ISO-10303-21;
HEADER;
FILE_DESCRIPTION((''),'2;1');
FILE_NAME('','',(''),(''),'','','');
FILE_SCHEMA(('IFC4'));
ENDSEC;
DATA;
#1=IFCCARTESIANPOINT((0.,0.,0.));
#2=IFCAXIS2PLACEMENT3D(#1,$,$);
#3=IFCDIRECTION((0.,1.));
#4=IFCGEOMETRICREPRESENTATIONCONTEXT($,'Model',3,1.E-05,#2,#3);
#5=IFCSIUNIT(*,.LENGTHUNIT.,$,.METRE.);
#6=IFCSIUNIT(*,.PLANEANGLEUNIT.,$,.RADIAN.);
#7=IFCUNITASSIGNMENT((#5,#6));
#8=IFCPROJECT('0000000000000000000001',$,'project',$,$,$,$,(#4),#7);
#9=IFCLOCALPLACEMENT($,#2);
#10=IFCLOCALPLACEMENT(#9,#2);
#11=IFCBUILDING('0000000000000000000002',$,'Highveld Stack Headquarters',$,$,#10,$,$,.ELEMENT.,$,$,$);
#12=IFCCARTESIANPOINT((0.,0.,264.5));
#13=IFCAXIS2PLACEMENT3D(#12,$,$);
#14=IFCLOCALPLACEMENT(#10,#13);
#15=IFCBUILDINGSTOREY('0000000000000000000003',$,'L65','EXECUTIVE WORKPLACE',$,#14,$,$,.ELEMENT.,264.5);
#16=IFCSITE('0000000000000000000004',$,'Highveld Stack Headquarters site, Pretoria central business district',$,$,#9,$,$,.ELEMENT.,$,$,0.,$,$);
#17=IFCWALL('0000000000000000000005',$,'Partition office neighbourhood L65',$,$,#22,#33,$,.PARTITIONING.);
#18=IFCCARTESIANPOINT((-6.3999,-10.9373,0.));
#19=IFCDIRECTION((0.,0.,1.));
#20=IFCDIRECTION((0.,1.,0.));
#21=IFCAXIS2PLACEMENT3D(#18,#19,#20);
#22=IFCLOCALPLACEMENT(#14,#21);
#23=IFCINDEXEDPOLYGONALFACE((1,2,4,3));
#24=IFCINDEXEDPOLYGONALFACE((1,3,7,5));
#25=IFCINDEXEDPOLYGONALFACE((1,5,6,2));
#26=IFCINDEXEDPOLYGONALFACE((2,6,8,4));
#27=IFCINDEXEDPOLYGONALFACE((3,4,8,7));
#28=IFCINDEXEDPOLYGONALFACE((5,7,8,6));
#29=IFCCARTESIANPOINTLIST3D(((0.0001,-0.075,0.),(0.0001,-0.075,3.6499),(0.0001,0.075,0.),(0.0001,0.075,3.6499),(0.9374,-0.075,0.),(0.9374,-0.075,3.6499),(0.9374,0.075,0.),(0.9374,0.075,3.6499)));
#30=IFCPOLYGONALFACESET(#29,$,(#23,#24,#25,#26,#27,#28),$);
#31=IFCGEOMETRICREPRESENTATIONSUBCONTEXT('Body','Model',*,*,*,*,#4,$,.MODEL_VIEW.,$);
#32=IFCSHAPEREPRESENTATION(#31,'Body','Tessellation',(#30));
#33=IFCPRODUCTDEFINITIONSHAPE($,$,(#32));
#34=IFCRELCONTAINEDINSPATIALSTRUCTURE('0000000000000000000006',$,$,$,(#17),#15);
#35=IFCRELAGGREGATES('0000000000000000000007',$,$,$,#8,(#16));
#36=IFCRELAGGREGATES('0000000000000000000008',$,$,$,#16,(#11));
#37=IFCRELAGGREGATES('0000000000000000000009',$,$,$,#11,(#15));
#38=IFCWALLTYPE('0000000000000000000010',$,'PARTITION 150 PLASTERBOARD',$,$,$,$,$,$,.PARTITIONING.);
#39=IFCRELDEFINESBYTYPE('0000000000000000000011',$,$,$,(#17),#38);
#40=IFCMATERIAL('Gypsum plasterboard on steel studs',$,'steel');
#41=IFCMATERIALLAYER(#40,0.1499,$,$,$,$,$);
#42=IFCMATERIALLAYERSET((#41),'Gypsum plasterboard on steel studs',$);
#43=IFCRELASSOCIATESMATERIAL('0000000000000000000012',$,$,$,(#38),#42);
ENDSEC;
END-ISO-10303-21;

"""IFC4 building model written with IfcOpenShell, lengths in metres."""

from ifc_helpers import new_model, si_unit, direction, frame, frame_2d, origin, place, context, subcontext, project, spatial, rectangle, extrude, material, layer, layer_set, type_object, element, save


model = new_model("IFC4")

# Units and contexts
model_context = context("Model", 3, precision=1e-05, world=origin(), true_north=direction((0.0, 1.0)))
body_context = subcontext(model_context, "Body", "Model", "MODEL_VIEW")
ifc_project = project(units=[si_unit("LENGTHUNIT", "METRE"), si_unit("PLANEANGLEUNIT", "RADIAN")], contexts=[model_context])

# Site, building, storey
site_placement = place(None, origin())
site = spatial("IfcSite", under=ifc_project, at=site_placement, Name="Highveld Stack Headquarters site, Pretoria central business district", CompositionType="ELEMENT", RefElevation=0.0)
building_placement = place(site_placement, origin())
building = spatial("IfcBuilding", under=site, at=building_placement, Name="Highveld Stack Headquarters", CompositionType="ELEMENT")
storey_placement = place(building_placement, frame((0.0, 0.0, 264.5)))
storey = spatial("IfcBuildingStorey", under=building, at=storey_placement, Name="L65", Description="EXECUTIVE WORKPLACE", CompositionType="ELEMENT", Elevation=264.5)

# Shared definitions
ifc_material_1 = material(Name="Gypsum plasterboard on steel studs", Category="steel")
ifc_layer_1 = layer(ifc_material_1, 0.1499)
ifc_layer_set_1 = layer_set([ifc_layer_1], Name="Gypsum plasterboard on steel studs")
wall_type_1 = type_object("IfcWallType", Name="PARTITION 150 PLASTERBOARD", PredefinedType="PARTITIONING", material=ifc_layer_set_1)

# Wall
wall_1_placement = place(storey_placement, frame((-6.3999, -10.9373, 0.0), z_axis=(0.0, 0.0, 1.0), x_axis=(0.0, 1.0, 0.0)))
element("IfcWall", 1, at=wall_1_placement, inside=storey, type_object=wall_type_1, Name="Partition office neighbourhood L65", PredefinedType="PARTITIONING", context=body_context, shape_type="SweptSolid", body=[
    extrude(rectangle(XDim=0.9373, YDim=0.1499, at=frame_2d((0.4688, 0.0))), origin(), (0.0, 0.0, 1.0), 3.6499),
])

save(model, "model.ifc")
